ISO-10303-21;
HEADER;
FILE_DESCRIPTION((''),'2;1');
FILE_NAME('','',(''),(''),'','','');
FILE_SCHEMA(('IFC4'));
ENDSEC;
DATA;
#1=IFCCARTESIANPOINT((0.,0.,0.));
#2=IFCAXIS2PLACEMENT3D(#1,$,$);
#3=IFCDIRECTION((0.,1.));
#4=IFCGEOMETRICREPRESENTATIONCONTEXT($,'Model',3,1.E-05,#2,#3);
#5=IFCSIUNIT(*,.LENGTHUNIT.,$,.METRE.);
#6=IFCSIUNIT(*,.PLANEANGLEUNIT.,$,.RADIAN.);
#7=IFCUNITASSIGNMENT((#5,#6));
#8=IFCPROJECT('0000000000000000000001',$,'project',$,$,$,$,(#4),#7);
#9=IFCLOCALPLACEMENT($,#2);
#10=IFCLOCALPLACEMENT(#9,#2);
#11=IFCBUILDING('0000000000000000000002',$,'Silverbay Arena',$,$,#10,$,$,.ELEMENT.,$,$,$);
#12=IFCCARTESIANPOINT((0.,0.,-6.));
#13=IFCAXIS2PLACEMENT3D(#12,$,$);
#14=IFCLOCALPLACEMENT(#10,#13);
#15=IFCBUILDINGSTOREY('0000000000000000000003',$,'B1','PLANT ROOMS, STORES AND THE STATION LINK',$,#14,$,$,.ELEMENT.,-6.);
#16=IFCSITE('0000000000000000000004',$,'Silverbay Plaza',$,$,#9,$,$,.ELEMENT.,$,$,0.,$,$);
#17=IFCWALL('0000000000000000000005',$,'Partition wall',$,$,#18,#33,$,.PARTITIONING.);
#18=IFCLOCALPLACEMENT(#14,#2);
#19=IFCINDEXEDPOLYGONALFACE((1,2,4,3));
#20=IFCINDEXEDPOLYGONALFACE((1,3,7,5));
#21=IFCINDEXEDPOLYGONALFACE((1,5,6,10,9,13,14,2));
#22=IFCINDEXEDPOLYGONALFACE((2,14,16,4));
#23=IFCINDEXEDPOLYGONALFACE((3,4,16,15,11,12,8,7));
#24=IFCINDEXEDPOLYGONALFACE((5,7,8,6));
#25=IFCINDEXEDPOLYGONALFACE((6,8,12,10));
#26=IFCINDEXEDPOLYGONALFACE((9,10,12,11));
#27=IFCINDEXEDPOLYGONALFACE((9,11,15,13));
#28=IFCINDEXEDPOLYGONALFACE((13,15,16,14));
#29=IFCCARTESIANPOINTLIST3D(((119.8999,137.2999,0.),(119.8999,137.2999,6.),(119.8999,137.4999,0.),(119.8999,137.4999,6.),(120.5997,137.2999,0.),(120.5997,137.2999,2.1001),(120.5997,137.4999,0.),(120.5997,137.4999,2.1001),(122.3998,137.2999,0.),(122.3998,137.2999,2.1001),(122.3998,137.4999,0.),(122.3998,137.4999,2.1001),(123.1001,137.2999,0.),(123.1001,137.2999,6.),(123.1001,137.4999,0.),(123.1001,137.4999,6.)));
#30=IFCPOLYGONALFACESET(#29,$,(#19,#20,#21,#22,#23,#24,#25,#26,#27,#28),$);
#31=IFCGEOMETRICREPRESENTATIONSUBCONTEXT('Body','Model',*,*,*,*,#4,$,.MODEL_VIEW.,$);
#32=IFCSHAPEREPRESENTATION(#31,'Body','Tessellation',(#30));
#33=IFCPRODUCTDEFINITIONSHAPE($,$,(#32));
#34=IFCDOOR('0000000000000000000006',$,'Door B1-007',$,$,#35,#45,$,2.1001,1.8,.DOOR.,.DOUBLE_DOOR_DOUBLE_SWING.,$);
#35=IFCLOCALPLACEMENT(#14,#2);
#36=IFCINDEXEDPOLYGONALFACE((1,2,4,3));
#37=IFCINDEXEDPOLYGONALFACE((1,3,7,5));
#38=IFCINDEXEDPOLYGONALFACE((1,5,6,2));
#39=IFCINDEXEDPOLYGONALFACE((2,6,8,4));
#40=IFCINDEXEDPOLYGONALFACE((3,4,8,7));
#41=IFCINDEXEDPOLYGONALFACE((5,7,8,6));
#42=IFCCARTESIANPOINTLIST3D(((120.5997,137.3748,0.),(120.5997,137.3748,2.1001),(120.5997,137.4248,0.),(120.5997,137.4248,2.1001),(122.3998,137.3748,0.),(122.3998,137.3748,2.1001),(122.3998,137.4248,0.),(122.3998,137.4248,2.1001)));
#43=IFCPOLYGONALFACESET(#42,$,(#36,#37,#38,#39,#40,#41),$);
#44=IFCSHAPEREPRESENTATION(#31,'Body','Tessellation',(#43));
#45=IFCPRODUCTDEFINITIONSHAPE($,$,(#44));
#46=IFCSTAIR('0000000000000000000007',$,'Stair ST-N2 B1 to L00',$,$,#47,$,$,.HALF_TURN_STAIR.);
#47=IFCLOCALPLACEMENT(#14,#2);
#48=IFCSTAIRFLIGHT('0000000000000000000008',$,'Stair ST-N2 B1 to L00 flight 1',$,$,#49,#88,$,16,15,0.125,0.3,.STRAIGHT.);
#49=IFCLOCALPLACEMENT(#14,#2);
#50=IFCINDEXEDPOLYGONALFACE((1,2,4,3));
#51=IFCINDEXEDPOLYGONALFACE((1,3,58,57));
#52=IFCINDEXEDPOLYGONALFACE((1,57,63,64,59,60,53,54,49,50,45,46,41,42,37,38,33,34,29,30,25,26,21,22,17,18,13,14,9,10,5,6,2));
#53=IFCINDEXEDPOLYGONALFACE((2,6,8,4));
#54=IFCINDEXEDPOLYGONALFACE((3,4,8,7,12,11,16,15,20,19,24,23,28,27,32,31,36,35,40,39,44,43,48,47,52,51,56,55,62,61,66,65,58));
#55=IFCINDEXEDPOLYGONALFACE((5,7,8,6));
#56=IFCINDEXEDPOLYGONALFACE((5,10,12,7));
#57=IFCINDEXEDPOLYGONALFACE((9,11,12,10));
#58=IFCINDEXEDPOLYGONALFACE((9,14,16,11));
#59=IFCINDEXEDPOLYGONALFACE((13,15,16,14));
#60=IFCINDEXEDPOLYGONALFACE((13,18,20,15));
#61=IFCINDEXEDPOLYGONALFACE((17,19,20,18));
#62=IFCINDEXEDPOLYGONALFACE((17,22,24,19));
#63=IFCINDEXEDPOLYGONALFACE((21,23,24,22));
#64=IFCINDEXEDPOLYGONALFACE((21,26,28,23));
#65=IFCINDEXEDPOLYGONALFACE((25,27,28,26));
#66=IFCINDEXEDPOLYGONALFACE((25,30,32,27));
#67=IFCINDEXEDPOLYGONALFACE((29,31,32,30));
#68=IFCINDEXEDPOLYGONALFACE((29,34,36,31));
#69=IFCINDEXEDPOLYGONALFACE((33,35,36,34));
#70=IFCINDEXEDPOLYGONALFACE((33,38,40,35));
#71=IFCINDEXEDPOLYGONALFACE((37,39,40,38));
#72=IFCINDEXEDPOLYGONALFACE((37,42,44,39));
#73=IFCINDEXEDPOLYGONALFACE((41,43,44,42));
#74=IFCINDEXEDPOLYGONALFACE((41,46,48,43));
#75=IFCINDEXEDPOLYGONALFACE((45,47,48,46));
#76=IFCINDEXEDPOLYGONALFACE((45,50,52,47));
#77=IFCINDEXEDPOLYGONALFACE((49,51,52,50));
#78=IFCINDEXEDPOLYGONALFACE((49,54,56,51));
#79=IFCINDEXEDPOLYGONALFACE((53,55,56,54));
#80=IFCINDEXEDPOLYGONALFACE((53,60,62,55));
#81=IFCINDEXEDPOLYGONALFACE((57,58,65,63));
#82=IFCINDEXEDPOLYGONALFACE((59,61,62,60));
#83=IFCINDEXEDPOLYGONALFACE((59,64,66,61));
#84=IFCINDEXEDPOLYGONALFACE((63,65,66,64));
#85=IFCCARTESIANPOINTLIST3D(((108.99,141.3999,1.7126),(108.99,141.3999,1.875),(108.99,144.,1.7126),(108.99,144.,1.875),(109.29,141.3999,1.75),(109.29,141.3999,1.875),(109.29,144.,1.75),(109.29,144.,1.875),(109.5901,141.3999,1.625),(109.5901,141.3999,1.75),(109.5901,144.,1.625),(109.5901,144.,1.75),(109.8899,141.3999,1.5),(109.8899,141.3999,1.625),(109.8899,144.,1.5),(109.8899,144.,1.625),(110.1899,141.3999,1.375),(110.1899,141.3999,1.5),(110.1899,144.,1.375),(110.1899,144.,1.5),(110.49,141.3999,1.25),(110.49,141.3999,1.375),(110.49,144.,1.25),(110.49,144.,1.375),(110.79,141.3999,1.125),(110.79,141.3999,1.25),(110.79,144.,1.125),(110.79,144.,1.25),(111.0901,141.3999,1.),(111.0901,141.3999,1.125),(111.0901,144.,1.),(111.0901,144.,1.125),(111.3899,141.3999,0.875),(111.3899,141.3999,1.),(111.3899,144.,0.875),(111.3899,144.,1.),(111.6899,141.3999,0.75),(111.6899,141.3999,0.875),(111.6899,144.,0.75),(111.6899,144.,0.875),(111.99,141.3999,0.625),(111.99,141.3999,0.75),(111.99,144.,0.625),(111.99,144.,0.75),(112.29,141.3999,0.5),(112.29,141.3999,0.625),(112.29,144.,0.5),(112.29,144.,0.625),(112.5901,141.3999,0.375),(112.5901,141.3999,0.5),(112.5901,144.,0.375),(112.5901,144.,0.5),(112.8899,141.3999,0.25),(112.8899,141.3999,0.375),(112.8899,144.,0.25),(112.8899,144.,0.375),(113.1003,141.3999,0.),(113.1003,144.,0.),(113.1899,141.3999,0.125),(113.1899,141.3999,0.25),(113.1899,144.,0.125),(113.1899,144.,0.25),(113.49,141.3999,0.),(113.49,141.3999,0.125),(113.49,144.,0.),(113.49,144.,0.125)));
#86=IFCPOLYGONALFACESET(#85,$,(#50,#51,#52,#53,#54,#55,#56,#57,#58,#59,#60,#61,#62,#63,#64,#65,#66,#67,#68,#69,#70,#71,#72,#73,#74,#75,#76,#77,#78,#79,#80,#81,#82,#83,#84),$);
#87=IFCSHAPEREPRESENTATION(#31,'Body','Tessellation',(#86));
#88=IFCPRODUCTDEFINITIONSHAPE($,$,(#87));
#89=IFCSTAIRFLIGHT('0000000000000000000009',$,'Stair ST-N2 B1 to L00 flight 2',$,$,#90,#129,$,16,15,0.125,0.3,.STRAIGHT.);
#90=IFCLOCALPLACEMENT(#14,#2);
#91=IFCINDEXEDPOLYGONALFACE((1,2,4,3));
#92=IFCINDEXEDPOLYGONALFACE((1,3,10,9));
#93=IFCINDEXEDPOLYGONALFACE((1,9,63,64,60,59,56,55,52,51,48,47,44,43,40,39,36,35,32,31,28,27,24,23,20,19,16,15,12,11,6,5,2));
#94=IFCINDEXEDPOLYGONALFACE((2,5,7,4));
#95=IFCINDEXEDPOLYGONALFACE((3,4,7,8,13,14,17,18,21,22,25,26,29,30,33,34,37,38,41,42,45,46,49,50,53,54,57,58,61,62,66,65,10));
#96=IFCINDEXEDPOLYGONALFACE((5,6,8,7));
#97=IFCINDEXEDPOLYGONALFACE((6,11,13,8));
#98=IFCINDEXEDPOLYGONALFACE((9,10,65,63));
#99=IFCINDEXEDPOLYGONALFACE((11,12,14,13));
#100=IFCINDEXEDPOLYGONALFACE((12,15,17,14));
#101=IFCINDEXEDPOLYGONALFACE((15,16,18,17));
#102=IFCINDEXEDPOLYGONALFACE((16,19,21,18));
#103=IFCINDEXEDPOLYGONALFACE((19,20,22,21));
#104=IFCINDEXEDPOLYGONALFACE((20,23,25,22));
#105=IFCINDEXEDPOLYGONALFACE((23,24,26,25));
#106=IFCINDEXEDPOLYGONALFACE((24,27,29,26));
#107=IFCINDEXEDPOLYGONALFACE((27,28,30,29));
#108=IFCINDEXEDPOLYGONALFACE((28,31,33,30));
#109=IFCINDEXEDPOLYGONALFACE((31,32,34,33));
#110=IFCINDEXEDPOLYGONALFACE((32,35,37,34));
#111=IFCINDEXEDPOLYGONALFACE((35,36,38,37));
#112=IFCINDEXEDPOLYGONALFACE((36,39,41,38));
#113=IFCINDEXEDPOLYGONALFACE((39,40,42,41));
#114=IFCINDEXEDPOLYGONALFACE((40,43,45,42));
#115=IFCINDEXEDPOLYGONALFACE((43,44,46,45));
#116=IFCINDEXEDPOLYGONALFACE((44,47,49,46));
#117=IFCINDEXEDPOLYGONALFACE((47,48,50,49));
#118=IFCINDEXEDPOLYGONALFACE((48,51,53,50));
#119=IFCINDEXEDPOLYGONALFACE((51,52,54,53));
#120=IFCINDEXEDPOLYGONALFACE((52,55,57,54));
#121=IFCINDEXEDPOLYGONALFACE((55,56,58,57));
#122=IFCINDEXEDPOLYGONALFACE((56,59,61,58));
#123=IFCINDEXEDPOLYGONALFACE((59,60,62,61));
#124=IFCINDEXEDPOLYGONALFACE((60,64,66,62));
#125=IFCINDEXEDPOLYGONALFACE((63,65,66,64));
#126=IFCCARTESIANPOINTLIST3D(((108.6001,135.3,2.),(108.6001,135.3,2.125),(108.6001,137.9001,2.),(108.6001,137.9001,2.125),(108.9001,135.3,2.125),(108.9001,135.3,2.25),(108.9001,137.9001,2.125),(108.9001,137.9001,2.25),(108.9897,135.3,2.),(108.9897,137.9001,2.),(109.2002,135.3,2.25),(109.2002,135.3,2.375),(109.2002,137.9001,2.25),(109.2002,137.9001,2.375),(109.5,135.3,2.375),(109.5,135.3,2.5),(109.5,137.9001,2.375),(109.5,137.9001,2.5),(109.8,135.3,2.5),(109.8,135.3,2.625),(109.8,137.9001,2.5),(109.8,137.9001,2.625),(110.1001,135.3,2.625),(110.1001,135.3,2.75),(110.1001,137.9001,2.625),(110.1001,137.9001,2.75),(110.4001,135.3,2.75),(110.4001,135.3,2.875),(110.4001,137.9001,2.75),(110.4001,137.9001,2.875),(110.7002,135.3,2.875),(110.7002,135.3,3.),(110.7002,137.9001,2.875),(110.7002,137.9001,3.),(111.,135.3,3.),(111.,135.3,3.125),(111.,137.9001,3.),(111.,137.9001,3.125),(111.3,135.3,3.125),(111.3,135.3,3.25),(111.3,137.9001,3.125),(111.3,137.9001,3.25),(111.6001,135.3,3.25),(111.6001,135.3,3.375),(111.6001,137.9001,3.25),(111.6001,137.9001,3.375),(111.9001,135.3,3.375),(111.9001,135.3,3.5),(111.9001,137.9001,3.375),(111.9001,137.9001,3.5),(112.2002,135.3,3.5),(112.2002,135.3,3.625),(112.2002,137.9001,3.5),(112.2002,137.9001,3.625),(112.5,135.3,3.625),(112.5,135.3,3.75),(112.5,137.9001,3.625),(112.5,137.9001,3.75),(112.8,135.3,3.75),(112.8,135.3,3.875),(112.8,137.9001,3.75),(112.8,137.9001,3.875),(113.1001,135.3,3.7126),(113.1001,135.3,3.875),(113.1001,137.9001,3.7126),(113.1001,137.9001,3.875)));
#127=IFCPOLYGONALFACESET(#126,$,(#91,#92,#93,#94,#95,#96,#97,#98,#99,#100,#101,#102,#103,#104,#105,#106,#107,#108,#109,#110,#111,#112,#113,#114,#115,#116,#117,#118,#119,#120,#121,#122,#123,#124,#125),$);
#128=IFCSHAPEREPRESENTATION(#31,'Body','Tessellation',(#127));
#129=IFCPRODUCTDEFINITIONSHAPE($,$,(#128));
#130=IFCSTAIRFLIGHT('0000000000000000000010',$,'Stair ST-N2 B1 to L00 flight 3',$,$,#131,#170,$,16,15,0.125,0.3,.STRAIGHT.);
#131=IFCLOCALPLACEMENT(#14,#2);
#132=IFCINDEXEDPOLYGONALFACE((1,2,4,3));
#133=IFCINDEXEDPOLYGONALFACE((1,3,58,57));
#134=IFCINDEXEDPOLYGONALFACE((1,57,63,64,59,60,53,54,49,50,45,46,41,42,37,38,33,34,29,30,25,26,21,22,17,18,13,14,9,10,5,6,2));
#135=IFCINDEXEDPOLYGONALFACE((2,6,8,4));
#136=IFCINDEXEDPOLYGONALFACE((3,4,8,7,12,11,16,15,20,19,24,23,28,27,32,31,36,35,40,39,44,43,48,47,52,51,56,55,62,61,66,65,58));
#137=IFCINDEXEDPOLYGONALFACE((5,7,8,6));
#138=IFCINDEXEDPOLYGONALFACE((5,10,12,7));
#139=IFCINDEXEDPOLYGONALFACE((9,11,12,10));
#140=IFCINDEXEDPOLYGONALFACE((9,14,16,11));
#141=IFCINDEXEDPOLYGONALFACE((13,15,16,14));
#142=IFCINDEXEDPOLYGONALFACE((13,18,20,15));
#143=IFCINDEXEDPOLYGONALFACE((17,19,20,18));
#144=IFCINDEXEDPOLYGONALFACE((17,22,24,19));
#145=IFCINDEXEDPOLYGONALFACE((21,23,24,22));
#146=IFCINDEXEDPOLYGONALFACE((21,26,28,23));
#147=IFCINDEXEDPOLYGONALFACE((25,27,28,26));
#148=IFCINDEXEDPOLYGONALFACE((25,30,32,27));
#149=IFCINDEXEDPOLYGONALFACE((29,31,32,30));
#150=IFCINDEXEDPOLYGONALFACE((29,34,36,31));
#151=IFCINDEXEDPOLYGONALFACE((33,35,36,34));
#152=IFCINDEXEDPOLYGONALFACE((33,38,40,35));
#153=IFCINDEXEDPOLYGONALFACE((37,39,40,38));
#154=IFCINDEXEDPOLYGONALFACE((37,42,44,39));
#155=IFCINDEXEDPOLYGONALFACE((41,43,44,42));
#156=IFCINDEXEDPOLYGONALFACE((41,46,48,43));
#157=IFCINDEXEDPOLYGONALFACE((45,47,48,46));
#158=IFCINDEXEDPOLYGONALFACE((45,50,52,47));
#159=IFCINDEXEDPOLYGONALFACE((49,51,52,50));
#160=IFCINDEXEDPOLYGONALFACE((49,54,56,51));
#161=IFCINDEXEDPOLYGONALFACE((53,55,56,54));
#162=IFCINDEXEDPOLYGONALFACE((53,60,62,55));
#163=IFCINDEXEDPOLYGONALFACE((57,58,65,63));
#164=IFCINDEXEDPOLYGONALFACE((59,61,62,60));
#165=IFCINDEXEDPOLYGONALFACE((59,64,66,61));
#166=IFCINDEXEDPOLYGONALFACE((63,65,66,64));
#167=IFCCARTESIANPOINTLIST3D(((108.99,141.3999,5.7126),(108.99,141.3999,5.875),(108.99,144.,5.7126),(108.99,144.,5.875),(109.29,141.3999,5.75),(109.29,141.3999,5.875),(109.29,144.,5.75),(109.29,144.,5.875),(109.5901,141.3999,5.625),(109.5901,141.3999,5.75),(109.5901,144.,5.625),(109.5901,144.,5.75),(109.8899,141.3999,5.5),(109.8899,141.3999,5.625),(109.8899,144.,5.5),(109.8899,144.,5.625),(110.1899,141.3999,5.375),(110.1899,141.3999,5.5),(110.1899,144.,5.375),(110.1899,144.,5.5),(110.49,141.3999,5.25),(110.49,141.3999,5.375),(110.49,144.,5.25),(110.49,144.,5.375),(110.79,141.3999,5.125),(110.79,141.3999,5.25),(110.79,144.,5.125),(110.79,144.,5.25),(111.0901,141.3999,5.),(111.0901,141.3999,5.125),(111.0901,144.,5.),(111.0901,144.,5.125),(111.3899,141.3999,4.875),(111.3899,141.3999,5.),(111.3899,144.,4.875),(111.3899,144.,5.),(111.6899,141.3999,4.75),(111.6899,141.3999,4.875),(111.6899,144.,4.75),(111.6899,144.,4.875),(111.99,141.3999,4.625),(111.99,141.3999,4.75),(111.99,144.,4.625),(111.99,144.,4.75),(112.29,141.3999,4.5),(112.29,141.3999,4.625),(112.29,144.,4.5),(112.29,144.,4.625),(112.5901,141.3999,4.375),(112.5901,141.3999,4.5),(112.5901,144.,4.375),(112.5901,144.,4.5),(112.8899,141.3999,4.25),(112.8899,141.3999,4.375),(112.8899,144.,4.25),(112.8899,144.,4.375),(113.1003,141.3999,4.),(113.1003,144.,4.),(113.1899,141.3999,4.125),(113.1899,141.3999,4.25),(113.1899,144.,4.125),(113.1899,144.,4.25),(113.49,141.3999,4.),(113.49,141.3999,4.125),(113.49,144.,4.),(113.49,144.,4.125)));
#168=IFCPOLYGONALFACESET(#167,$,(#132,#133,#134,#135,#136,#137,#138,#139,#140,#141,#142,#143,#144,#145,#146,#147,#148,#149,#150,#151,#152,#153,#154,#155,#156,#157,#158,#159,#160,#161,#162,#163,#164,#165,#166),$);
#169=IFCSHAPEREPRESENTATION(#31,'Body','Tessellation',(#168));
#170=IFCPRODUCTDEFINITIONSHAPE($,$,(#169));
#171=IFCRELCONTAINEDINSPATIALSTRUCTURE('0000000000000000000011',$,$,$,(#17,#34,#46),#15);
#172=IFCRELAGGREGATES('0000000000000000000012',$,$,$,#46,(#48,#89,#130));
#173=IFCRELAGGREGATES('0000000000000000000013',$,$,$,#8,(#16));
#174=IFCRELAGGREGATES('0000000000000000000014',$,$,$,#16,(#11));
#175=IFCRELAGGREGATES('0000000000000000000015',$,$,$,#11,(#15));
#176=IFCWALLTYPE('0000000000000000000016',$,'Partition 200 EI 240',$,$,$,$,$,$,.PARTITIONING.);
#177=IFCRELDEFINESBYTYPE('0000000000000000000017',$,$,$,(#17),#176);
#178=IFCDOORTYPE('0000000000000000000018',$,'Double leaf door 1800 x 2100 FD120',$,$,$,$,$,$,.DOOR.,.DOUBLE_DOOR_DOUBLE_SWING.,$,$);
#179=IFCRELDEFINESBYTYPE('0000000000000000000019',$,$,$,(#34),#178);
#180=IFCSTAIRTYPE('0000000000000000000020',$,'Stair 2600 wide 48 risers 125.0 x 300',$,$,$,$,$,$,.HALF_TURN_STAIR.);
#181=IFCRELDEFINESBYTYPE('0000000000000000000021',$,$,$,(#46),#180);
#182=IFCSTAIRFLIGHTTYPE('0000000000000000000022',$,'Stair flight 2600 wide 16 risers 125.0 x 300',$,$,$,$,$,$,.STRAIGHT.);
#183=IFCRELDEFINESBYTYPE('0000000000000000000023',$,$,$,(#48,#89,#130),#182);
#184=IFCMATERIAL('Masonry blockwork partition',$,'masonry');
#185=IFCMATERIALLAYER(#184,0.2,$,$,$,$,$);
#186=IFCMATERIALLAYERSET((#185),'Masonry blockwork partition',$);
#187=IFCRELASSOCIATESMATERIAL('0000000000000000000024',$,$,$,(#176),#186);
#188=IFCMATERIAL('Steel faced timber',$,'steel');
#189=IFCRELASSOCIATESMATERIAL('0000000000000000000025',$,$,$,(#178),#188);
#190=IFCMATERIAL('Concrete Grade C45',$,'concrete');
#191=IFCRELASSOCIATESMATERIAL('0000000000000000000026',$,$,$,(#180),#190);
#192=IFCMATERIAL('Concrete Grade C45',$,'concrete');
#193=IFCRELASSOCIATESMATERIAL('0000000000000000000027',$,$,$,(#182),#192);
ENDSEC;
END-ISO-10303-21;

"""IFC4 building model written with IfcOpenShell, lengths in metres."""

from ifc_helpers import new_model, si_unit, direction, frame, frame_2d, origin, place, context, subcontext, project, spatial, polyline, rectangle, outline, extrude, material, layer, layer_set, type_object, element, fill, aggregate, save


model = new_model("IFC4")

# Units and contexts
model_context = context("Model", 3, precision=1e-05, world=origin(), true_north=direction((0.0, 1.0)))
body_context = subcontext(model_context, "Body", "Model", "MODEL_VIEW")
ifc_project = project(units=[si_unit("LENGTHUNIT", "METRE"), si_unit("PLANEANGLEUNIT", "RADIAN")], contexts=[model_context])

# Site, building, storey
site_placement = place(None, origin())
site = spatial("IfcSite", under=ifc_project, at=site_placement, Name="Silverbay Plaza", CompositionType="ELEMENT", RefElevation=0.0)
building_placement = place(site_placement, origin())
building = spatial("IfcBuilding", under=site, at=building_placement, Name="Silverbay Arena", CompositionType="ELEMENT")
storey_placement = place(building_placement, frame((0.0, 0.0, -6.0)))
storey = spatial("IfcBuildingStorey", under=building, at=storey_placement, Name="B1", Description="PLANT ROOMS, STORES AND THE STATION LINK", CompositionType="ELEMENT", Elevation=-6.0)

# Wall, opening, door
ifc_material_1 = material(Name="Masonry blockwork partition", Category="masonry")
ifc_layer_1 = layer(ifc_material_1, 0.2)
ifc_layer_set_1 = layer_set([ifc_layer_1], Name="Masonry blockwork partition")
wall_type_1 = type_object("IfcWallType", Name="Partition 200 EI 240", PredefinedType="PARTITIONING", material=ifc_layer_set_1)
wall_1_placement = place(storey_placement, frame((119.8999, 137.3999, 0.0), z_axis=(0.0, 0.0, 1.0), x_axis=(1.0, 0.0, 0.0)))
wall_1 = element("IfcWall", 1, at=wall_1_placement, inside=storey, type_object=wall_type_1, Name="Partition wall", PredefinedType="PARTITIONING", context=body_context, shape_type="SweptSolid", body=[
    extrude(rectangle(XDim=3.2002, YDim=0.2, at=frame_2d((1.6001, 0.0))), origin(), (0.0, 0.0, 1.0), 6.0),
])
opening_placement = place(wall_1_placement, frame((0.7, 0.0, 0.0)))
opening = element("IfcOpeningElement", 2, at=opening_placement, cuts=wall_1, PredefinedType="OPENING", context=body_context, shape_type="SweptSolid", body=[
    extrude(rectangle(XDim=1.8, YDim=2.1001, at=frame_2d((0.8999, 1.05))), frame((0.0, 0.1099, 0.0), z_axis=(0.0, -1.0, 0.0), x_axis=(1.0, 0.0, 0.0)), (0.0, 0.0, 1.0), 0.22),
])
ifc_material_2 = material(Name="Steel faced timber", Category="steel")
door_type = type_object("IfcDoorType", Name="Double leaf door 1800 x 2100 FD120", OperationType="DOUBLE_DOOR_DOUBLE_SWING", PredefinedType="DOOR", material=ifc_material_2)
door_placement = place(opening_placement, origin())
door = element("IfcDoor", 3, at=door_placement, inside=storey, type_object=door_type, Name="Door B1-007", OperationType="DOUBLE_DOOR_DOUBLE_SWING", OverallHeight=2.1001, OverallWidth=1.8, PredefinedType="DOOR", context=body_context, shape_type="SweptSolid", body=[
    extrude(rectangle(XDim=1.8, YDim=2.1001, at=frame_2d((0.8999, 1.05))), frame((0.0, 0.0249, 0.0), z_axis=(0.0, -1.0, 0.0), x_axis=(1.0, 0.0, 0.0)), (0.0, 0.0, 1.0), 0.05),
])
fill(opening, door)

# Stair, stair flights
ifc_material_3 = material(Name="Concrete Grade C45", Category="concrete")
stair_type = type_object("IfcStairType", Name="Stair 2600 wide 48 risers 125.0 x 300", PredefinedType="HALF_TURN_STAIR", material=ifc_material_3)
stair_placement = place(storey_placement, origin())
stair = element("IfcStair", 4, at=stair_placement, inside=storey, type_object=stair_type, Name="Stair ST-N2 B1 to L00", PredefinedType="HALF_TURN_STAIR")
ifc_material_4 = material(Name="Concrete Grade C45", Category="concrete")
stair_flight_type = type_object("IfcStairFlightType", Name="Stair flight 2600 wide 16 risers 125.0 x 300", PredefinedType="STRAIGHT", material=ifc_material_4)
stair_flight_1_placement = place(storey_placement, frame((113.49, 142.7, 0.0), z_axis=(0.0, 0.0, 1.0), x_axis=(-1.0, 0.0, 0.0)))
stair_flight_1 = element("IfcStairFlight", 5, at=stair_flight_1_placement, type_object=stair_flight_type, Name="Stair ST-N2 B1 to L00 flight 1", NumberOfRisers=16, NumberOfTreads=15, PredefinedType="STRAIGHT", RiserHeight=0.125, TreadLength=0.3, context=body_context, shape_type="SweptSolid", body=[
    extrude(outline(polyline([(0.0, 0.0), (0.0, 0.125), (0.3, 0.125), (0.3, 0.25), (0.6001, 0.25), (0.6001, 0.375), (0.8999, 0.375), (0.8999, 0.5), (1.2, 0.5), (1.2, 0.625), (1.5, 0.625), (1.5, 0.75), (1.8, 0.75), (1.8, 0.875), (2.1001, 0.875), (2.1001, 1.0), (2.3999, 1.0), (2.3999, 1.125), (2.7, 1.125), (2.7, 1.25), (3.0, 1.25), (3.0, 1.375), (3.3, 1.375), (3.3, 1.5), (3.6001, 1.5), (3.6001, 1.625), (3.8999, 1.625), (3.8999, 1.75), (4.2, 1.75), (4.2, 1.875), (4.5, 1.875), (4.5, 1.7126), (0.3896, 0.0), (0.0, 0.0)])), frame((0.0, 1.3, 0.0), z_axis=(0.0, -1.0, 0.0), x_axis=(1.0, 0.0, 0.0)), (0.0, 0.0, 1.0), 2.6001),
])
stair_flight_2_placement = place(storey_placement, frame((108.6001, 136.6001, 2.0), z_axis=(0.0, 0.0, 1.0), x_axis=(1.0, 0.0, 0.0)))
stair_flight_2 = element("IfcStairFlight", 6, at=stair_flight_2_placement, type_object=stair_flight_type, Name="Stair ST-N2 B1 to L00 flight 2", NumberOfRisers=16, NumberOfTreads=15, PredefinedType="STRAIGHT", RiserHeight=0.125, TreadLength=0.3, context=body_context, shape_type="SweptSolid", body=[
    extrude(outline(polyline([(0.0, 0.0), (0.0, 0.125), (0.3, 0.125), (0.3, 0.25), (0.6001, 0.25), (0.6001, 0.375), (0.8999, 0.375), (0.8999, 0.5), (1.2, 0.5), (1.2, 0.625), (1.5, 0.625), (1.5, 0.75), (1.8, 0.75), (1.8, 0.875), (2.1001, 0.875), (2.1001, 1.0), (2.3999, 1.0), (2.3999, 1.125), (2.7, 1.125), (2.7, 1.25), (3.0, 1.25), (3.0, 1.375), (3.3, 1.375), (3.3, 1.5), (3.6001, 1.5), (3.6001, 1.625), (3.8999, 1.625), (3.8999, 1.75), (4.2, 1.75), (4.2, 1.875), (4.5, 1.875), (4.5, 1.7126), (0.3896, 0.0), (0.0, 0.0)])), frame((0.0, 1.3, 0.0), z_axis=(0.0, -1.0, 0.0), x_axis=(1.0, 0.0, 0.0)), (0.0, 0.0, 1.0), 2.6001),
])
stair_flight_3_placement = place(storey_placement, frame((113.49, 142.7, 4.0), z_axis=(0.0, 0.0, 1.0), x_axis=(-1.0, 0.0, 0.0)))
stair_flight_3 = element("IfcStairFlight", 7, at=stair_flight_3_placement, type_object=stair_flight_type, Name="Stair ST-N2 B1 to L00 flight 3", NumberOfRisers=16, NumberOfTreads=15, PredefinedType="STRAIGHT", RiserHeight=0.125, TreadLength=0.3, context=body_context, shape_type="SweptSolid", body=[
    extrude(outline(polyline([(0.0, 0.0), (0.0, 0.125), (0.3, 0.125), (0.3, 0.25), (0.6001, 0.25), (0.6001, 0.375), (0.8999, 0.375), (0.8999, 0.5), (1.2, 0.5), (1.2, 0.625), (1.5, 0.625), (1.5, 0.75), (1.8, 0.75), (1.8, 0.875), (2.1001, 0.875), (2.1001, 1.0), (2.3999, 1.0), (2.3999, 1.125), (2.7, 1.125), (2.7, 1.25), (3.0, 1.25), (3.0, 1.375), (3.3, 1.375), (3.3, 1.5), (3.6001, 1.5), (3.6001, 1.625), (3.8999, 1.625), (3.8999, 1.75), (4.2, 1.75), (4.2, 1.875), (4.5, 1.875), (4.5, 1.7126), (0.3896, 0.0), (0.0, 0.0)])), frame((0.0, 1.3, 0.0), z_axis=(0.0, -1.0, 0.0), x_axis=(1.0, 0.0, 0.0)), (0.0, 0.0, 1.0), 2.6001),
])
aggregate(stair, [stair_flight_1, stair_flight_2, stair_flight_3])

save(model, "model.ifc")
